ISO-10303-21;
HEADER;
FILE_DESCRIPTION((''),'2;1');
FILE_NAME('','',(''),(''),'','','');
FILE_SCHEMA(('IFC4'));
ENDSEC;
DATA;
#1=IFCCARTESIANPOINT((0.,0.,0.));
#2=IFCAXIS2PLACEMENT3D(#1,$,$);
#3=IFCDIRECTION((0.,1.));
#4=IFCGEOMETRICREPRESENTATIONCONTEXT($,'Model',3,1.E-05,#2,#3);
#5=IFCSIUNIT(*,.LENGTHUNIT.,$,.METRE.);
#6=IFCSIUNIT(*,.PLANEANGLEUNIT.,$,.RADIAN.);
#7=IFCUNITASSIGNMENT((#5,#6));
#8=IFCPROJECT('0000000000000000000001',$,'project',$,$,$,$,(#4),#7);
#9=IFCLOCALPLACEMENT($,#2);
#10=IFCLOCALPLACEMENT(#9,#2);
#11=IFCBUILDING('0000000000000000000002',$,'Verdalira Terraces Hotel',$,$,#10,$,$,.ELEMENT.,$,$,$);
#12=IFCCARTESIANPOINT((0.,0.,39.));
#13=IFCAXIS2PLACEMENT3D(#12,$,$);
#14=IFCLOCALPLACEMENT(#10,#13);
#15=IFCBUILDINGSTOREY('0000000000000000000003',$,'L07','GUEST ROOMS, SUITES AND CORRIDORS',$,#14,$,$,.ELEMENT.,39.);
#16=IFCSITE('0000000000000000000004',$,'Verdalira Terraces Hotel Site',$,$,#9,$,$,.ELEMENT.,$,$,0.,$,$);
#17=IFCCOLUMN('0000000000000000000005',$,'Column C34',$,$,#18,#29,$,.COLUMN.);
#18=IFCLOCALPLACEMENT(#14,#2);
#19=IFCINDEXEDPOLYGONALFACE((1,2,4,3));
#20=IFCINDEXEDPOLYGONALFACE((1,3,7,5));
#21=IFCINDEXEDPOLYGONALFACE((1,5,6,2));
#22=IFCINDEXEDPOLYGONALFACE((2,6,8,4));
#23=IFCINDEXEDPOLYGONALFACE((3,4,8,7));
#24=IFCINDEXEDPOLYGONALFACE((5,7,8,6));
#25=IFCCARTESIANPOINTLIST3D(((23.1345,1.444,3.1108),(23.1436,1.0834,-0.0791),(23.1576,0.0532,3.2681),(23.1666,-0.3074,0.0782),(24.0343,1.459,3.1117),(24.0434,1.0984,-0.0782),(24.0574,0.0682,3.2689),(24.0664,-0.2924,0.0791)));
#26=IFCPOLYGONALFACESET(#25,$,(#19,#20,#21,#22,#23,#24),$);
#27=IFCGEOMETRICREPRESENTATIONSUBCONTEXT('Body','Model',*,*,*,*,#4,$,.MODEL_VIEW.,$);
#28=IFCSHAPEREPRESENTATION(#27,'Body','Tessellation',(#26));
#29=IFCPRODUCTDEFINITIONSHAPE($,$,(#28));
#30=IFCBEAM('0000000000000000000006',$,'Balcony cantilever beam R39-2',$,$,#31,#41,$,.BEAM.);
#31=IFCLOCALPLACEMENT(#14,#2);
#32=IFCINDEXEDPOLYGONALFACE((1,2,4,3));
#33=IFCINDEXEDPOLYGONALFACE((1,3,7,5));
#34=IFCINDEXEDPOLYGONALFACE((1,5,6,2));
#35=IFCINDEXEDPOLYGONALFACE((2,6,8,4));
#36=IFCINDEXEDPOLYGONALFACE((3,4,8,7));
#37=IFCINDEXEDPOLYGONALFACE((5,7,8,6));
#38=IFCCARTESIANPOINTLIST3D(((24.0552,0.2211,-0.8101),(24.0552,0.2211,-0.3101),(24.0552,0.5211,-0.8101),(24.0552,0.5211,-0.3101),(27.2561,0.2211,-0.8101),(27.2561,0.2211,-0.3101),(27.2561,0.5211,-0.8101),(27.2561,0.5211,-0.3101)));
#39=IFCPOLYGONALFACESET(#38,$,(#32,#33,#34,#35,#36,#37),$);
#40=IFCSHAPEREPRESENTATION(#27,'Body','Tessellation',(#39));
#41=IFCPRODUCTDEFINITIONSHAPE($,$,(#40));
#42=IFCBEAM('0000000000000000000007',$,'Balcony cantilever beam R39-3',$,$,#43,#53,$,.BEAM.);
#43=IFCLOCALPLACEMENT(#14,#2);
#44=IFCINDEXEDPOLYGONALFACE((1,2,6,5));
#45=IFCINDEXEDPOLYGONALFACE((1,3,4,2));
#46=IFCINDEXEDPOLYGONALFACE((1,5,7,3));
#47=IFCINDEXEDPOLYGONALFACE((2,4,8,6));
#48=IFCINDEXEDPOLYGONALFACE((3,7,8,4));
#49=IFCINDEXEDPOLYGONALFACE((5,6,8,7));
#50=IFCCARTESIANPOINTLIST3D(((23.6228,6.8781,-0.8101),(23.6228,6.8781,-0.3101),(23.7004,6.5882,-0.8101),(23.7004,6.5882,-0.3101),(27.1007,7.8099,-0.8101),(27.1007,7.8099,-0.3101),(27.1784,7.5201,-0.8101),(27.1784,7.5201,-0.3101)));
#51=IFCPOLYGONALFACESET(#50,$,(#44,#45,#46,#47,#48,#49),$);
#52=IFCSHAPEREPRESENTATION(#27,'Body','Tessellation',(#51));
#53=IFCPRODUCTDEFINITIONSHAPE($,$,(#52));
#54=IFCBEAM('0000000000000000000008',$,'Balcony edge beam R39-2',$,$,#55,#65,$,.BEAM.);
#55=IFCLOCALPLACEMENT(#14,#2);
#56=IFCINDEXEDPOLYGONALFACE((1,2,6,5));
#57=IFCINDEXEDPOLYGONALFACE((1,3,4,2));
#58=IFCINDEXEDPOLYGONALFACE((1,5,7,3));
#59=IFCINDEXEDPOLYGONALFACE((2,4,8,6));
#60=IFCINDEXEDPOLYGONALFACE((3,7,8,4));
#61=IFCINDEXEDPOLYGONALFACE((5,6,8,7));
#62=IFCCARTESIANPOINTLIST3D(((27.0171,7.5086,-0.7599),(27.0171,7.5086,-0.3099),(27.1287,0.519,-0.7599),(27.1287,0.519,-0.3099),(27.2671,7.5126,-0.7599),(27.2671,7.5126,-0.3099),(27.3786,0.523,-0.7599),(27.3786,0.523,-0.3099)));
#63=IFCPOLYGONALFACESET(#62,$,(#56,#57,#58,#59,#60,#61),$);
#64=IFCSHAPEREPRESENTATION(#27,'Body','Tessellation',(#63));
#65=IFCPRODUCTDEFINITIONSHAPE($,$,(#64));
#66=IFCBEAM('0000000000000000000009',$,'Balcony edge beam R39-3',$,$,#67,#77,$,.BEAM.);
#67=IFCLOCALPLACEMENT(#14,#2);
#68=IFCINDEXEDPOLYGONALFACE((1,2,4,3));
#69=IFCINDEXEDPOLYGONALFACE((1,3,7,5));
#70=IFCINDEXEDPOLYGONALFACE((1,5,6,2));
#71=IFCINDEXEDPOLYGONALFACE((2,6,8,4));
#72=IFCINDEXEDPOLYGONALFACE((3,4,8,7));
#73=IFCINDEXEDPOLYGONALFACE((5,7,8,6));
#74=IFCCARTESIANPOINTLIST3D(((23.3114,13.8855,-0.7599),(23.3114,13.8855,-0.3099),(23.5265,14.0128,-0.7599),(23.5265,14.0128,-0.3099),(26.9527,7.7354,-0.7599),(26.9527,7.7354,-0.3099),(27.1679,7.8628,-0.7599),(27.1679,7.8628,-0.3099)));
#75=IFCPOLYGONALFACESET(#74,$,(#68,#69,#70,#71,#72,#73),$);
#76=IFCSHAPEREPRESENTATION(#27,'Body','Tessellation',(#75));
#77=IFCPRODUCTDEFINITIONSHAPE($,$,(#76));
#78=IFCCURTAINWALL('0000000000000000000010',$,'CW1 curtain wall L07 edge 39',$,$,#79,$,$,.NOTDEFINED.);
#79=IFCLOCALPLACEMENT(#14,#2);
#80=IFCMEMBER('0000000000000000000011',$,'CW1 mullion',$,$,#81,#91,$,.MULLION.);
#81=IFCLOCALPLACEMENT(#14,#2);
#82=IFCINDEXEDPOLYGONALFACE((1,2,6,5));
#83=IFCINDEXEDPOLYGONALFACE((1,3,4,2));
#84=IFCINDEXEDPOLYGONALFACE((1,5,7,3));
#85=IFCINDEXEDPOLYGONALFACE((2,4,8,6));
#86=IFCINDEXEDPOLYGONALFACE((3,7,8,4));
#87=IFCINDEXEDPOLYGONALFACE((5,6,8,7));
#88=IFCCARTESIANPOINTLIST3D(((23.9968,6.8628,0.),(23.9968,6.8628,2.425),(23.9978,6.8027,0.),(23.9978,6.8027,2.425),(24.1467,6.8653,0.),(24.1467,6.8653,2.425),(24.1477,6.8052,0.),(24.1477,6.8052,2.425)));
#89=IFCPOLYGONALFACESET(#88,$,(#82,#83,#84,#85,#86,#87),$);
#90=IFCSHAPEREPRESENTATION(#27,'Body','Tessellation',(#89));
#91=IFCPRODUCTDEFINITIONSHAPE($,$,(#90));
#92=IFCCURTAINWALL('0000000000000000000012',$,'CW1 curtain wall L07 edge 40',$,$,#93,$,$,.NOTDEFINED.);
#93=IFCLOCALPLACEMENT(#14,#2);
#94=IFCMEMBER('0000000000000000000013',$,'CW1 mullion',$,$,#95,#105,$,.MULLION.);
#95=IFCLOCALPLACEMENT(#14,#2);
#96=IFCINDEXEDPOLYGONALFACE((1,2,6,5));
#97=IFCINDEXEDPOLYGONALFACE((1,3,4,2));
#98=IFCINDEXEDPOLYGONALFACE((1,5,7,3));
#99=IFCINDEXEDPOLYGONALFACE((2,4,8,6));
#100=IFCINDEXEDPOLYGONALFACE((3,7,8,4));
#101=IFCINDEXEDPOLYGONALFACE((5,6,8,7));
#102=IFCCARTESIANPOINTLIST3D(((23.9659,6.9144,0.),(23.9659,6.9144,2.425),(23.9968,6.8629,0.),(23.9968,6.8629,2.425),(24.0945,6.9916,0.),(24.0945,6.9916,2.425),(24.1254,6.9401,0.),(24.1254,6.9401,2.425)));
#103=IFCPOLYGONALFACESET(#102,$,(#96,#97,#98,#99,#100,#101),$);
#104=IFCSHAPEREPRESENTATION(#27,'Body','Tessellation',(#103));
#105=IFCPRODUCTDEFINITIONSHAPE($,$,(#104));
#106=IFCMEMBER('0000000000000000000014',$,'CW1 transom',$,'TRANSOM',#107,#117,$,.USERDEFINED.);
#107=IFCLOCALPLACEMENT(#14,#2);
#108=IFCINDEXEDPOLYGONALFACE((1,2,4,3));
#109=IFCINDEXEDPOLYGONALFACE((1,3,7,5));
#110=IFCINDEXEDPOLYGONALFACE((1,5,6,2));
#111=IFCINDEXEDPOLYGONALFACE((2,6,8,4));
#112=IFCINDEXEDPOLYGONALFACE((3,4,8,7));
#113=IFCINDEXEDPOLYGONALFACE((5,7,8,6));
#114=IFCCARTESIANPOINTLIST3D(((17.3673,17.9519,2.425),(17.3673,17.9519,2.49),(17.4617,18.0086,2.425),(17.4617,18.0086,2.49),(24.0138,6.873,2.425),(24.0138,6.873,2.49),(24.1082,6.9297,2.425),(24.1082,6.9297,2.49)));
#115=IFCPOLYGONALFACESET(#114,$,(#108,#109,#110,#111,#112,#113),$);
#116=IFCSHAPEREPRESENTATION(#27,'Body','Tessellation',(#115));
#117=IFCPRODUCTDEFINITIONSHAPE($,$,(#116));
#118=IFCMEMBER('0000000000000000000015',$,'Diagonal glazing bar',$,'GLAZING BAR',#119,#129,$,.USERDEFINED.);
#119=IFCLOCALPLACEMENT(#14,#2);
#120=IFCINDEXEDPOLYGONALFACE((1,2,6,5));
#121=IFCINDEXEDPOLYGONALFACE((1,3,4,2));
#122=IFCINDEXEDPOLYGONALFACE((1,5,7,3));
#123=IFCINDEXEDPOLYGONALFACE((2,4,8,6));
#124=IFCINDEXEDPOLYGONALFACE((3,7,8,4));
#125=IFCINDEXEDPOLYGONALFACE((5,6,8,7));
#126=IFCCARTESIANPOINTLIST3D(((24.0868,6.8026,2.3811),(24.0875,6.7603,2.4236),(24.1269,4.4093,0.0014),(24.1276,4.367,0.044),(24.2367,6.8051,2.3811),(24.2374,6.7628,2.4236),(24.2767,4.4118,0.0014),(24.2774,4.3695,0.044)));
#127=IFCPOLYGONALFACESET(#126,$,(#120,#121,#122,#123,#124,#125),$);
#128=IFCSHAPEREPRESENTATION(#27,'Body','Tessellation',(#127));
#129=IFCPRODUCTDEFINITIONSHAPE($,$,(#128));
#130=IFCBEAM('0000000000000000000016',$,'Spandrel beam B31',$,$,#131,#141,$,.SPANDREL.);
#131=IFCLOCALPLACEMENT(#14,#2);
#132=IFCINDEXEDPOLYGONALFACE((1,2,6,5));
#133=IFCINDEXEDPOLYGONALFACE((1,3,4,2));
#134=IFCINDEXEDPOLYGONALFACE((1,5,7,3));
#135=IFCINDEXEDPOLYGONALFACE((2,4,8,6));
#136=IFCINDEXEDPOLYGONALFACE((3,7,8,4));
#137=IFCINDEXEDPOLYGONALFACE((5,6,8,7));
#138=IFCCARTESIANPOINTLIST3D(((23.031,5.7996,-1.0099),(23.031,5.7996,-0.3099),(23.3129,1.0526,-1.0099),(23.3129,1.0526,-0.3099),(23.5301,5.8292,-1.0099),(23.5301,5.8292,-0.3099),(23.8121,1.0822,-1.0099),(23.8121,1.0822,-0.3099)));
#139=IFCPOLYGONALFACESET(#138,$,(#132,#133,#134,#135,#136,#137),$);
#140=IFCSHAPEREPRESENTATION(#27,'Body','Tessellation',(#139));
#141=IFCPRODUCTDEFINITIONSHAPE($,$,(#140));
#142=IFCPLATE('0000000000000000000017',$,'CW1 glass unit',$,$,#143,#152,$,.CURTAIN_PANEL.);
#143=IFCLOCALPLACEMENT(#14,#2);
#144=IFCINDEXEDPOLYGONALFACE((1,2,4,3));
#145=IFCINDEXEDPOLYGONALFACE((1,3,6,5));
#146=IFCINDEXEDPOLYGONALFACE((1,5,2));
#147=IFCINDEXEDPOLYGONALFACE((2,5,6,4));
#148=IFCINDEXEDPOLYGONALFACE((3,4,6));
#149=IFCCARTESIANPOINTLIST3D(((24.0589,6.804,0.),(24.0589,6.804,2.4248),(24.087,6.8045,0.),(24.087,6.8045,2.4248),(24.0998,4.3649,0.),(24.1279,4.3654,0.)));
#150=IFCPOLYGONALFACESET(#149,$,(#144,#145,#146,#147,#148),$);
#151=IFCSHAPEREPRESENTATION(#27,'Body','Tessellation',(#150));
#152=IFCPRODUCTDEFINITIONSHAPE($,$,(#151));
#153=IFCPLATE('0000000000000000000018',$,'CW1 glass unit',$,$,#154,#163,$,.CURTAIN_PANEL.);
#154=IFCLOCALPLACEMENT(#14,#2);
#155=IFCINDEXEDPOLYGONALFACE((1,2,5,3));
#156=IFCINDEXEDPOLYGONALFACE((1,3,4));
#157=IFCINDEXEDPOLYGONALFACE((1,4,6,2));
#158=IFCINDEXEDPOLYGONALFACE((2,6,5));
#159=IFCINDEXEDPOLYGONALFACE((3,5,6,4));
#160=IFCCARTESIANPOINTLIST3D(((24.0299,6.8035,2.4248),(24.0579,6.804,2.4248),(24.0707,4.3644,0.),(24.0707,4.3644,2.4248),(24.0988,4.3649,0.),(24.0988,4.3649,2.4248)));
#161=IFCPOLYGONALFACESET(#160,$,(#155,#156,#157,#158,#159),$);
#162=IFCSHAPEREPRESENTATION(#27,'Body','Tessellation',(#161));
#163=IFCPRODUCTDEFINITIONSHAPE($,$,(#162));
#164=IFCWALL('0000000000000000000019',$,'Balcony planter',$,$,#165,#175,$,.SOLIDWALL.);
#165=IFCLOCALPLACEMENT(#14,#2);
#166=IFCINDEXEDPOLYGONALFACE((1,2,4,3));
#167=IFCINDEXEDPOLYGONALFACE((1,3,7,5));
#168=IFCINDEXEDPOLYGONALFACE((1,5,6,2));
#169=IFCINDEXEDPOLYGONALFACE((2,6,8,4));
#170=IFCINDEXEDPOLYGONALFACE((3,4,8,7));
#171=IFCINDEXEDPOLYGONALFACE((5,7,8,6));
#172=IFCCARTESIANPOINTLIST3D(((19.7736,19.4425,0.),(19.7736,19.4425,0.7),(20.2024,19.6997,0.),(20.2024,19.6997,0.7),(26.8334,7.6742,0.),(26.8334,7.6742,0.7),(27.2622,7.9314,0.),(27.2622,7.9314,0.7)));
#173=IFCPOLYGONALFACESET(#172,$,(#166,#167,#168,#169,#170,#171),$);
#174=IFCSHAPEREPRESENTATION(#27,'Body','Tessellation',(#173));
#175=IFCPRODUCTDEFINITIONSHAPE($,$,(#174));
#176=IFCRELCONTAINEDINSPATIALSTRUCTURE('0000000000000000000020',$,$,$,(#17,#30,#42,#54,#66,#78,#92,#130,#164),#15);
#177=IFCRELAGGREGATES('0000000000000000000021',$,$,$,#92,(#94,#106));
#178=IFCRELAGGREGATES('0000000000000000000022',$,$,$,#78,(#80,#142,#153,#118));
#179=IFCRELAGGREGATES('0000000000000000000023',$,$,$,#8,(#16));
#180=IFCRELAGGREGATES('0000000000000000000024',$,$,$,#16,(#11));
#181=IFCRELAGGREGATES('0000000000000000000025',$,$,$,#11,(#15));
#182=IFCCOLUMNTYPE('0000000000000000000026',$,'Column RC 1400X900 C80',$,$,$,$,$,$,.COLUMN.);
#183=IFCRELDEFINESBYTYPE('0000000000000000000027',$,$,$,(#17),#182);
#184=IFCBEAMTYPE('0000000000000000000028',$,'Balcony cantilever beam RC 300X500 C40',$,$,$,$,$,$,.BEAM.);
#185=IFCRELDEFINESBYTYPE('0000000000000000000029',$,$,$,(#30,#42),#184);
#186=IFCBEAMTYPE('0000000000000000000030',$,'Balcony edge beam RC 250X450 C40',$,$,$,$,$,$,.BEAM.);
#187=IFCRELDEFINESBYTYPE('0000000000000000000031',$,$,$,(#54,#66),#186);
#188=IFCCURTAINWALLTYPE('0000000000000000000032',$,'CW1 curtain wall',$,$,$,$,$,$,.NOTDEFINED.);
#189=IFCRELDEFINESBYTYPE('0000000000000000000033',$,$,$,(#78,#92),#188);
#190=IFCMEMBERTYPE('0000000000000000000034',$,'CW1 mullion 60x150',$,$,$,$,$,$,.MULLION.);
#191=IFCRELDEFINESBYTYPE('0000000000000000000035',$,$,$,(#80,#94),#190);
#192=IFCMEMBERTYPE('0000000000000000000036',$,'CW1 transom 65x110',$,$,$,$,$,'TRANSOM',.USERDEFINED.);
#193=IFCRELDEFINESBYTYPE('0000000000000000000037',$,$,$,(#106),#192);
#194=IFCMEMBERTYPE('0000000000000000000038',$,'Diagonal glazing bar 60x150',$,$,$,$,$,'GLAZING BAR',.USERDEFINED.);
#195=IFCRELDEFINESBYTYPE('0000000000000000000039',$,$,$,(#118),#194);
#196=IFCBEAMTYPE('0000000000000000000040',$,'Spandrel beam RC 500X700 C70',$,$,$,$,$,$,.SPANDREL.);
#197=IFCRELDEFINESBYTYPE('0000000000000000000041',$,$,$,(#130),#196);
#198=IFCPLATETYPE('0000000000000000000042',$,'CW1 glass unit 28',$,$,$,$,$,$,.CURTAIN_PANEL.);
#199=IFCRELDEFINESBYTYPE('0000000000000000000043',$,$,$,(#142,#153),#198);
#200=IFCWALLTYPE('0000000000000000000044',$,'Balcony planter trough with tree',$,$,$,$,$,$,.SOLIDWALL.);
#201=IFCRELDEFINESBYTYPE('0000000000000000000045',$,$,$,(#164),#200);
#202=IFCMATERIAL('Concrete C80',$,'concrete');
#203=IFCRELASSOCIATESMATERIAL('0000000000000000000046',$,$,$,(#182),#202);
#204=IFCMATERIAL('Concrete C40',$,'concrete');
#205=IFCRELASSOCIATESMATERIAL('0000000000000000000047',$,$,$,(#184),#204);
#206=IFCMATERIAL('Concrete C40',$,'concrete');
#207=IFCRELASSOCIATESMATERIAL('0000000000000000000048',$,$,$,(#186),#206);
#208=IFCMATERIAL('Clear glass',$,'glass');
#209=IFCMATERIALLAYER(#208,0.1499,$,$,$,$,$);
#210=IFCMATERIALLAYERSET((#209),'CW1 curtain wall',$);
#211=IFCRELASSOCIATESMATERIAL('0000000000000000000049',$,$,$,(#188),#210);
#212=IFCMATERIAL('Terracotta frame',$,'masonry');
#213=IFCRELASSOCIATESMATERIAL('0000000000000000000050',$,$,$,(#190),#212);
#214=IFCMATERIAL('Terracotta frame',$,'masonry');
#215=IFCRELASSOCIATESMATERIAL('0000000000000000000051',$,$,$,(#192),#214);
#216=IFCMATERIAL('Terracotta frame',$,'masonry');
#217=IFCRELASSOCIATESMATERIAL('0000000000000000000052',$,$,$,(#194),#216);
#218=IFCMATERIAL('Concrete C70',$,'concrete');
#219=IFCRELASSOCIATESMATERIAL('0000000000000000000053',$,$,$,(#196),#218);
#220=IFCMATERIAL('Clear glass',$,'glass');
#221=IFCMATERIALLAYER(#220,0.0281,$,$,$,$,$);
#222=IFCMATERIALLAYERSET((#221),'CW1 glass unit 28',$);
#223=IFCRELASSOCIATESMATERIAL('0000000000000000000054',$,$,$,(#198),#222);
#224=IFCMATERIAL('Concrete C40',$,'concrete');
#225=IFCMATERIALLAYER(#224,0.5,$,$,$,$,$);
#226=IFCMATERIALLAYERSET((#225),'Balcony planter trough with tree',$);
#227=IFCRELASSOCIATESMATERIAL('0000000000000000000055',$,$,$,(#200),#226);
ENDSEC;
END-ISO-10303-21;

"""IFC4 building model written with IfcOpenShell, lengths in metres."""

from ifc_helpers import new_model, si_unit, direction, frame, frame_2d, origin, origin_2d, place, context, subcontext, project, spatial, polyline, rectangle, outline, extrude, material, layer, layer_set, material_profile, profile_set, type_object, element, aggregate, save


model = new_model("IFC4")

# Units and contexts
model_context = context("Model", 3, precision=1e-05, world=origin(), true_north=direction((0.0, 1.0)))
body_context = subcontext(model_context, "Body", "Model", "MODEL_VIEW")
ifc_project = project(units=[si_unit("LENGTHUNIT", "METRE"), si_unit("PLANEANGLEUNIT", "RADIAN")], contexts=[model_context])

# Site, building, storey
site_placement = place(None, origin())
site = spatial("IfcSite", under=ifc_project, at=site_placement, Name="Verdalira Terraces Hotel Site", CompositionType="ELEMENT", RefElevation=0.0)
building_placement = place(site_placement, origin())
building = spatial("IfcBuilding", under=site, at=building_placement, Name="Verdalira Terraces Hotel", CompositionType="ELEMENT")
storey_placement = place(building_placement, frame((0.0, 0.0, 39.0)))
storey = spatial("IfcBuildingStorey", under=building, at=storey_placement, Name="L07", Description="GUEST ROOMS, SUITES AND CORRIDORS", CompositionType="ELEMENT", Elevation=39.0)

# Column
ifc_material_1 = material(Name="Concrete C80", Category="concrete")
ifc_material_profile_1 = material_profile(ifc_material_1, rectangle(XDim=1.3999, YDim=0.8999, at=origin_2d()), Name="RC 1400X900")
ifc_profile_set_1 = profile_set([ifc_material_profile_1], Name="Concrete C80")
column_type = type_object("IfcColumnType", Name="Column RC 1400X900 C80", PredefinedType="COLUMN", material=ifc_profile_set_1)
column_placement = place(storey_placement, frame((23.605, 0.3955, 0.0), z_axis=(-0.002814, 0.112326, 0.993667), x_axis=(-0.016455, 0.993532, -0.112357)))
element("IfcColumn", 1, at=column_placement, inside=storey, type_object=column_type, Name="Column C34", PredefinedType="COLUMN", context=body_context, shape_type="SweptSolid", body=[
    extrude(rectangle(XDim=1.3999, YDim=0.8999, at=origin_2d()), origin(), (0.0, 0.0, 1.0), 3.2102),
])

# Beams
ifc_material_2 = material(Name="Concrete C40", Category="concrete")
ifc_material_profile_2 = material_profile(ifc_material_2, rectangle(XDim=0.3, YDim=0.5, at=origin_2d()), Name="RC 300X500")
ifc_profile_set_2 = profile_set([ifc_material_profile_2], Name="Concrete C40")
beam_type_1 = type_object("IfcBeamType", Name="Balcony cantilever beam RC 300X500 C40", PredefinedType="BEAM", material=ifc_profile_set_2)
beam_1_placement = place(storey_placement, frame((24.0552, 0.3711, -0.5601), z_axis=(1.0, 0.0, 0.0), x_axis=(0.0, 1.0, 0.0)))
element("IfcBeam", 2, at=beam_1_placement, inside=storey, type_object=beam_type_1, Name="Balcony cantilever beam R39-2", PredefinedType="BEAM", context=body_context, shape_type="SweptSolid", body=[
    extrude(rectangle(XDim=0.3, YDim=0.5, at=origin_2d()), origin(), (0.0, 0.0, 1.0), 3.2009),
])
beam_2_placement = place(storey_placement, frame((23.6616, 6.7332, -0.5601), z_axis=(0.965929, 0.258806, 0.0), x_axis=(-0.258806, 0.965929, 0.0)))
element("IfcBeam", 3, at=beam_2_placement, inside=storey, type_object=beam_type_1, Name="Balcony cantilever beam R39-3", PredefinedType="BEAM", context=body_context, shape_type="SweptSolid", body=[
    extrude(rectangle(XDim=0.3, YDim=0.5, at=origin_2d()), origin(), (0.0, 0.0, 1.0), 3.6006),
])
ifc_material_3 = material(Name="Concrete C40", Category="concrete")
ifc_material_profile_3 = material_profile(ifc_material_3, rectangle(XDim=0.25, YDim=0.45, at=origin_2d()), Name="RC 250X450")
ifc_profile_set_3 = profile_set([ifc_material_profile_3], Name="Concrete C40")
beam_type_2 = type_object("IfcBeamType", Name="Balcony edge beam RC 250X450 C40", PredefinedType="BEAM", material=ifc_profile_set_3)
beam_3_placement = place(storey_placement, frame((27.2537, 0.521, -0.5349), z_axis=(-0.015961, 0.999873, 0.0), x_axis=(-0.999873, -0.015961, 0.0)))
element("IfcBeam", 4, at=beam_3_placement, inside=storey, type_object=beam_type_2, Name="Balcony edge beam R39-2", PredefinedType="BEAM", context=body_context, shape_type="SweptSolid", body=[
    extrude(rectangle(XDim=0.25, YDim=0.45, at=origin_2d()), origin(), (0.0, 0.0, 1.0), 6.9905),
])
beam_4_placement = place(storey_placement, frame((27.0603, 7.7991, -0.5349), z_axis=(-0.509474, 0.860486, 0.0), x_axis=(-0.860486, -0.509474, 0.0)))
element("IfcBeam", 5, at=beam_4_placement, inside=storey, type_object=beam_type_2, Name="Balcony edge beam R39-3", PredefinedType="BEAM", context=body_context, shape_type="SweptSolid", body=[
    extrude(rectangle(XDim=0.25, YDim=0.45, at=origin_2d()), origin(), (0.0, 0.0, 1.0), 7.1472),
])

# Curtain wall, member
ifc_material_4 = material(Name="Clear glass", Category="glass")
ifc_layer_1 = layer(ifc_material_4, 0.1499)
ifc_layer_set_1 = layer_set([ifc_layer_1], Name="CW1 curtain wall")
curtain_wall_type = type_object("IfcCurtainWallType", Name="CW1 curtain wall", PredefinedType="NOTDEFINED", material=ifc_layer_set_1)
curtain_wall_1_placement = place(storey_placement, origin())
curtain_wall_1 = element("IfcCurtainWall", 6, at=curtain_wall_1_placement, inside=storey, type_object=curtain_wall_type, Name="CW1 curtain wall L07 edge 39", PredefinedType="NOTDEFINED")
ifc_material_5 = material(Name="Terracotta frame", Category="masonry")
ifc_material_profile_4 = material_profile(ifc_material_5, rectangle(XDim=0.0601, YDim=0.1499, at=origin_2d()), Name="MU 60x150")
ifc_profile_set_4 = profile_set([ifc_material_profile_4], Name="Terracotta frame")
member_type_1 = type_object("IfcMemberType", Name="CW1 mullion 60x150", PredefinedType="MULLION", material=ifc_profile_set_4)
member_1_placement = place(storey_placement, frame((24.0723, 6.834, 0.0), z_axis=(0.0, 0.0, 1.0), x_axis=(-0.016754, 0.99986, 0.0)))
member_1 = element("IfcMember", 7, at=member_1_placement, type_object=member_type_1, Name="CW1 mullion", PredefinedType="MULLION", context=body_context, shape_type="SweptSolid", body=[
    extrude(rectangle(XDim=0.0601, YDim=0.1499, at=origin_2d()), origin(), (0.0, 0.0, 1.0), 2.425),
])

# Curtain wall, members
curtain_wall_2_placement = place(storey_placement, origin())
curtain_wall_2 = element("IfcCurtainWall", 8, at=curtain_wall_2_placement, inside=storey, type_object=curtain_wall_type, Name="CW1 curtain wall L07 edge 40", PredefinedType="NOTDEFINED")
member_2_placement = place(storey_placement, frame((24.0457, 6.9272, 0.0), z_axis=(0.0, 0.0, 1.0), x_axis=(-0.51444, 0.857527, 0.0)))
member_2 = element("IfcMember", 9, at=member_2_placement, type_object=member_type_1, Name="CW1 mullion", PredefinedType="MULLION", context=body_context, shape_type="SweptSolid", body=[
    extrude(rectangle(XDim=0.0601, YDim=0.1499, at=origin_2d()), origin(), (0.0, 0.0, 1.0), 2.425),
])
ifc_material_6 = material(Name="Terracotta frame", Category="masonry")
ifc_material_profile_5 = material_profile(ifc_material_6, rectangle(XDim=0.1101, YDim=0.0649, at=origin_2d()), Name="TR 65x110")
ifc_profile_set_5 = profile_set([ifc_material_profile_5], Name="Terracotta frame")
member_type_2 = type_object("IfcMemberType", Name="CW1 transom 65x110", ElementType="TRANSOM", PredefinedType="USERDEFINED", material=ifc_profile_set_5)
member_3_placement = place(storey_placement, frame((24.061, 6.9014, 2.4575), z_axis=(-0.514449, 0.857521, 0.0), x_axis=(-0.857521, -0.514449, 0.0)))
member_3 = element("IfcMember", 10, at=member_3_placement, type_object=member_type_2, Name="CW1 transom", ObjectType="TRANSOM", PredefinedType="USERDEFINED", context=body_context, shape_type="SweptSolid", body=[
    extrude(rectangle(XDim=0.1101, YDim=0.0649, at=origin_2d()), origin(), (0.0, 0.0, 1.0), 12.9197),
])
aggregate(curtain_wall_2, [member_2, member_3])

# Member
ifc_material_7 = material(Name="Terracotta frame", Category="masonry")
ifc_material_profile_6 = material_profile(ifc_material_7, rectangle(XDim=0.1499, YDim=0.0601, at=origin_2d()), Name="GB 60x150")
ifc_profile_set_6 = profile_set([ifc_material_profile_6], Name="Terracotta frame")
member_type_3 = type_object("IfcMemberType", Name="Diagonal glazing bar 60x150", ElementType="GLAZING BAR", PredefinedType="USERDEFINED", material=ifc_profile_set_6)
member_4_placement = place(storey_placement, frame((24.2021, 4.3894, 0.0227), z_axis=(-0.011863, 0.709079, 0.705029), x_axis=(-0.99986, -0.016727, 0.0)))
member_4 = element("IfcMember", 11, at=member_4_placement, type_object=member_type_3, Name="Diagonal glazing bar", ObjectType="GLAZING BAR", PredefinedType="USERDEFINED", context=body_context, shape_type="SweptSolid", body=[
    extrude(rectangle(XDim=0.1499, YDim=0.0601, at=origin_2d()), origin(), (0.0, 0.0, 1.0), 3.3752),
])

# Beam
ifc_material_8 = material(Name="Concrete C70", Category="concrete")
ifc_material_profile_7 = material_profile(ifc_material_8, rectangle(XDim=0.5, YDim=0.7, at=origin_2d()), Name="RC 500X700")
ifc_profile_set_7 = profile_set([ifc_material_profile_7], Name="Concrete C70")
beam_type_3 = type_object("IfcBeamType", Name="Spandrel beam RC 500X700 C70", PredefinedType="SPANDREL", material=ifc_profile_set_7)
beam_5_placement = place(storey_placement, frame((23.5625, 1.0674, -0.6599), z_axis=(-0.059297, 0.99824, 0.0), x_axis=(-0.99824, -0.059297, 0.0)))
element("IfcBeam", 12, at=beam_5_placement, inside=storey, type_object=beam_type_3, Name="Spandrel beam B31", PredefinedType="SPANDREL", context=body_context, shape_type="SweptSolid", body=[
    extrude(rectangle(XDim=0.5, YDim=0.7, at=origin_2d()), origin(), (0.0, 0.0, 1.0), 4.7554),
])

# Plates
ifc_material_9 = material(Name="Clear glass", Category="glass")
ifc_layer_2 = layer(ifc_material_9, 0.0281)
ifc_layer_set_2 = layer_set([ifc_layer_2], Name="CW1 glass unit 28")
plate_type = type_object("IfcPlateType", Name="CW1 glass unit 28", PredefinedType="CURTAIN_PANEL", material=ifc_layer_set_2)
plate_1_placement = place(storey_placement, frame((24.0793, 5.5845, 1.2124), z_axis=(0.99986, 0.016754, 0.0), x_axis=(-0.016754, 0.99986, 0.0)))
plate_1 = element("IfcPlate", 13, at=plate_1_placement, type_object=plate_type, Name="CW1 glass unit", PredefinedType="CURTAIN_PANEL", context=body_context, shape_type="SweptSolid", body=[
    extrude(outline(polyline([(-1.2197, -1.2124), (1.2197, -1.2124), (1.2197, 1.2124), (-1.2197, -1.2124)])), origin(), (0.0, 0.0, 1.0), 0.0281),
])
plate_2_placement = place(storey_placement, frame((24.0503, 5.584, 1.2124), z_axis=(0.99986, 0.016754, 0.0), x_axis=(-0.016754, 0.99986, 0.0)))
plate_2 = element("IfcPlate", 14, at=plate_2_placement, type_object=plate_type, Name="CW1 glass unit", PredefinedType="CURTAIN_PANEL", context=body_context, shape_type="SweptSolid", body=[
    extrude(outline(polyline([(-1.2197, -1.2124), (1.2197, 1.2124), (-1.2197, 1.2124), (-1.2197, -1.2124)])), origin(), (0.0, 0.0, 1.0), 0.0281),
])
aggregate(curtain_wall_1, [member_1, plate_1, plate_2, member_4])

# Wall
ifc_material_10 = material(Name="Concrete C40", Category="concrete")
ifc_layer_3 = layer(ifc_material_10, 0.5)
ifc_layer_set_3 = layer_set([ifc_layer_3], Name="Balcony planter trough with tree")
wall_type_1 = type_object("IfcWallType", Name="Balcony planter trough with tree", PredefinedType="SOLIDWALL", material=ifc_layer_set_3)
wall_1_placement = place(storey_placement, frame((27.0479, 7.8027, 0.0), z_axis=(0.0, 0.0, 1.0), x_axis=(-0.514433, 0.857531, 0.0)))
element("IfcWall", 15, at=wall_1_placement, inside=storey, type_object=wall_type_1, Name="Balcony planter", PredefinedType="SOLIDWALL", context=body_context, shape_type="SweptSolid", body=[
    extrude(rectangle(XDim=13.7234, YDim=0.5, at=frame_2d((6.8618, 0.0))), origin(), (0.0, 0.0, 1.0), 0.7),
])

save(model, "model.ifc")
